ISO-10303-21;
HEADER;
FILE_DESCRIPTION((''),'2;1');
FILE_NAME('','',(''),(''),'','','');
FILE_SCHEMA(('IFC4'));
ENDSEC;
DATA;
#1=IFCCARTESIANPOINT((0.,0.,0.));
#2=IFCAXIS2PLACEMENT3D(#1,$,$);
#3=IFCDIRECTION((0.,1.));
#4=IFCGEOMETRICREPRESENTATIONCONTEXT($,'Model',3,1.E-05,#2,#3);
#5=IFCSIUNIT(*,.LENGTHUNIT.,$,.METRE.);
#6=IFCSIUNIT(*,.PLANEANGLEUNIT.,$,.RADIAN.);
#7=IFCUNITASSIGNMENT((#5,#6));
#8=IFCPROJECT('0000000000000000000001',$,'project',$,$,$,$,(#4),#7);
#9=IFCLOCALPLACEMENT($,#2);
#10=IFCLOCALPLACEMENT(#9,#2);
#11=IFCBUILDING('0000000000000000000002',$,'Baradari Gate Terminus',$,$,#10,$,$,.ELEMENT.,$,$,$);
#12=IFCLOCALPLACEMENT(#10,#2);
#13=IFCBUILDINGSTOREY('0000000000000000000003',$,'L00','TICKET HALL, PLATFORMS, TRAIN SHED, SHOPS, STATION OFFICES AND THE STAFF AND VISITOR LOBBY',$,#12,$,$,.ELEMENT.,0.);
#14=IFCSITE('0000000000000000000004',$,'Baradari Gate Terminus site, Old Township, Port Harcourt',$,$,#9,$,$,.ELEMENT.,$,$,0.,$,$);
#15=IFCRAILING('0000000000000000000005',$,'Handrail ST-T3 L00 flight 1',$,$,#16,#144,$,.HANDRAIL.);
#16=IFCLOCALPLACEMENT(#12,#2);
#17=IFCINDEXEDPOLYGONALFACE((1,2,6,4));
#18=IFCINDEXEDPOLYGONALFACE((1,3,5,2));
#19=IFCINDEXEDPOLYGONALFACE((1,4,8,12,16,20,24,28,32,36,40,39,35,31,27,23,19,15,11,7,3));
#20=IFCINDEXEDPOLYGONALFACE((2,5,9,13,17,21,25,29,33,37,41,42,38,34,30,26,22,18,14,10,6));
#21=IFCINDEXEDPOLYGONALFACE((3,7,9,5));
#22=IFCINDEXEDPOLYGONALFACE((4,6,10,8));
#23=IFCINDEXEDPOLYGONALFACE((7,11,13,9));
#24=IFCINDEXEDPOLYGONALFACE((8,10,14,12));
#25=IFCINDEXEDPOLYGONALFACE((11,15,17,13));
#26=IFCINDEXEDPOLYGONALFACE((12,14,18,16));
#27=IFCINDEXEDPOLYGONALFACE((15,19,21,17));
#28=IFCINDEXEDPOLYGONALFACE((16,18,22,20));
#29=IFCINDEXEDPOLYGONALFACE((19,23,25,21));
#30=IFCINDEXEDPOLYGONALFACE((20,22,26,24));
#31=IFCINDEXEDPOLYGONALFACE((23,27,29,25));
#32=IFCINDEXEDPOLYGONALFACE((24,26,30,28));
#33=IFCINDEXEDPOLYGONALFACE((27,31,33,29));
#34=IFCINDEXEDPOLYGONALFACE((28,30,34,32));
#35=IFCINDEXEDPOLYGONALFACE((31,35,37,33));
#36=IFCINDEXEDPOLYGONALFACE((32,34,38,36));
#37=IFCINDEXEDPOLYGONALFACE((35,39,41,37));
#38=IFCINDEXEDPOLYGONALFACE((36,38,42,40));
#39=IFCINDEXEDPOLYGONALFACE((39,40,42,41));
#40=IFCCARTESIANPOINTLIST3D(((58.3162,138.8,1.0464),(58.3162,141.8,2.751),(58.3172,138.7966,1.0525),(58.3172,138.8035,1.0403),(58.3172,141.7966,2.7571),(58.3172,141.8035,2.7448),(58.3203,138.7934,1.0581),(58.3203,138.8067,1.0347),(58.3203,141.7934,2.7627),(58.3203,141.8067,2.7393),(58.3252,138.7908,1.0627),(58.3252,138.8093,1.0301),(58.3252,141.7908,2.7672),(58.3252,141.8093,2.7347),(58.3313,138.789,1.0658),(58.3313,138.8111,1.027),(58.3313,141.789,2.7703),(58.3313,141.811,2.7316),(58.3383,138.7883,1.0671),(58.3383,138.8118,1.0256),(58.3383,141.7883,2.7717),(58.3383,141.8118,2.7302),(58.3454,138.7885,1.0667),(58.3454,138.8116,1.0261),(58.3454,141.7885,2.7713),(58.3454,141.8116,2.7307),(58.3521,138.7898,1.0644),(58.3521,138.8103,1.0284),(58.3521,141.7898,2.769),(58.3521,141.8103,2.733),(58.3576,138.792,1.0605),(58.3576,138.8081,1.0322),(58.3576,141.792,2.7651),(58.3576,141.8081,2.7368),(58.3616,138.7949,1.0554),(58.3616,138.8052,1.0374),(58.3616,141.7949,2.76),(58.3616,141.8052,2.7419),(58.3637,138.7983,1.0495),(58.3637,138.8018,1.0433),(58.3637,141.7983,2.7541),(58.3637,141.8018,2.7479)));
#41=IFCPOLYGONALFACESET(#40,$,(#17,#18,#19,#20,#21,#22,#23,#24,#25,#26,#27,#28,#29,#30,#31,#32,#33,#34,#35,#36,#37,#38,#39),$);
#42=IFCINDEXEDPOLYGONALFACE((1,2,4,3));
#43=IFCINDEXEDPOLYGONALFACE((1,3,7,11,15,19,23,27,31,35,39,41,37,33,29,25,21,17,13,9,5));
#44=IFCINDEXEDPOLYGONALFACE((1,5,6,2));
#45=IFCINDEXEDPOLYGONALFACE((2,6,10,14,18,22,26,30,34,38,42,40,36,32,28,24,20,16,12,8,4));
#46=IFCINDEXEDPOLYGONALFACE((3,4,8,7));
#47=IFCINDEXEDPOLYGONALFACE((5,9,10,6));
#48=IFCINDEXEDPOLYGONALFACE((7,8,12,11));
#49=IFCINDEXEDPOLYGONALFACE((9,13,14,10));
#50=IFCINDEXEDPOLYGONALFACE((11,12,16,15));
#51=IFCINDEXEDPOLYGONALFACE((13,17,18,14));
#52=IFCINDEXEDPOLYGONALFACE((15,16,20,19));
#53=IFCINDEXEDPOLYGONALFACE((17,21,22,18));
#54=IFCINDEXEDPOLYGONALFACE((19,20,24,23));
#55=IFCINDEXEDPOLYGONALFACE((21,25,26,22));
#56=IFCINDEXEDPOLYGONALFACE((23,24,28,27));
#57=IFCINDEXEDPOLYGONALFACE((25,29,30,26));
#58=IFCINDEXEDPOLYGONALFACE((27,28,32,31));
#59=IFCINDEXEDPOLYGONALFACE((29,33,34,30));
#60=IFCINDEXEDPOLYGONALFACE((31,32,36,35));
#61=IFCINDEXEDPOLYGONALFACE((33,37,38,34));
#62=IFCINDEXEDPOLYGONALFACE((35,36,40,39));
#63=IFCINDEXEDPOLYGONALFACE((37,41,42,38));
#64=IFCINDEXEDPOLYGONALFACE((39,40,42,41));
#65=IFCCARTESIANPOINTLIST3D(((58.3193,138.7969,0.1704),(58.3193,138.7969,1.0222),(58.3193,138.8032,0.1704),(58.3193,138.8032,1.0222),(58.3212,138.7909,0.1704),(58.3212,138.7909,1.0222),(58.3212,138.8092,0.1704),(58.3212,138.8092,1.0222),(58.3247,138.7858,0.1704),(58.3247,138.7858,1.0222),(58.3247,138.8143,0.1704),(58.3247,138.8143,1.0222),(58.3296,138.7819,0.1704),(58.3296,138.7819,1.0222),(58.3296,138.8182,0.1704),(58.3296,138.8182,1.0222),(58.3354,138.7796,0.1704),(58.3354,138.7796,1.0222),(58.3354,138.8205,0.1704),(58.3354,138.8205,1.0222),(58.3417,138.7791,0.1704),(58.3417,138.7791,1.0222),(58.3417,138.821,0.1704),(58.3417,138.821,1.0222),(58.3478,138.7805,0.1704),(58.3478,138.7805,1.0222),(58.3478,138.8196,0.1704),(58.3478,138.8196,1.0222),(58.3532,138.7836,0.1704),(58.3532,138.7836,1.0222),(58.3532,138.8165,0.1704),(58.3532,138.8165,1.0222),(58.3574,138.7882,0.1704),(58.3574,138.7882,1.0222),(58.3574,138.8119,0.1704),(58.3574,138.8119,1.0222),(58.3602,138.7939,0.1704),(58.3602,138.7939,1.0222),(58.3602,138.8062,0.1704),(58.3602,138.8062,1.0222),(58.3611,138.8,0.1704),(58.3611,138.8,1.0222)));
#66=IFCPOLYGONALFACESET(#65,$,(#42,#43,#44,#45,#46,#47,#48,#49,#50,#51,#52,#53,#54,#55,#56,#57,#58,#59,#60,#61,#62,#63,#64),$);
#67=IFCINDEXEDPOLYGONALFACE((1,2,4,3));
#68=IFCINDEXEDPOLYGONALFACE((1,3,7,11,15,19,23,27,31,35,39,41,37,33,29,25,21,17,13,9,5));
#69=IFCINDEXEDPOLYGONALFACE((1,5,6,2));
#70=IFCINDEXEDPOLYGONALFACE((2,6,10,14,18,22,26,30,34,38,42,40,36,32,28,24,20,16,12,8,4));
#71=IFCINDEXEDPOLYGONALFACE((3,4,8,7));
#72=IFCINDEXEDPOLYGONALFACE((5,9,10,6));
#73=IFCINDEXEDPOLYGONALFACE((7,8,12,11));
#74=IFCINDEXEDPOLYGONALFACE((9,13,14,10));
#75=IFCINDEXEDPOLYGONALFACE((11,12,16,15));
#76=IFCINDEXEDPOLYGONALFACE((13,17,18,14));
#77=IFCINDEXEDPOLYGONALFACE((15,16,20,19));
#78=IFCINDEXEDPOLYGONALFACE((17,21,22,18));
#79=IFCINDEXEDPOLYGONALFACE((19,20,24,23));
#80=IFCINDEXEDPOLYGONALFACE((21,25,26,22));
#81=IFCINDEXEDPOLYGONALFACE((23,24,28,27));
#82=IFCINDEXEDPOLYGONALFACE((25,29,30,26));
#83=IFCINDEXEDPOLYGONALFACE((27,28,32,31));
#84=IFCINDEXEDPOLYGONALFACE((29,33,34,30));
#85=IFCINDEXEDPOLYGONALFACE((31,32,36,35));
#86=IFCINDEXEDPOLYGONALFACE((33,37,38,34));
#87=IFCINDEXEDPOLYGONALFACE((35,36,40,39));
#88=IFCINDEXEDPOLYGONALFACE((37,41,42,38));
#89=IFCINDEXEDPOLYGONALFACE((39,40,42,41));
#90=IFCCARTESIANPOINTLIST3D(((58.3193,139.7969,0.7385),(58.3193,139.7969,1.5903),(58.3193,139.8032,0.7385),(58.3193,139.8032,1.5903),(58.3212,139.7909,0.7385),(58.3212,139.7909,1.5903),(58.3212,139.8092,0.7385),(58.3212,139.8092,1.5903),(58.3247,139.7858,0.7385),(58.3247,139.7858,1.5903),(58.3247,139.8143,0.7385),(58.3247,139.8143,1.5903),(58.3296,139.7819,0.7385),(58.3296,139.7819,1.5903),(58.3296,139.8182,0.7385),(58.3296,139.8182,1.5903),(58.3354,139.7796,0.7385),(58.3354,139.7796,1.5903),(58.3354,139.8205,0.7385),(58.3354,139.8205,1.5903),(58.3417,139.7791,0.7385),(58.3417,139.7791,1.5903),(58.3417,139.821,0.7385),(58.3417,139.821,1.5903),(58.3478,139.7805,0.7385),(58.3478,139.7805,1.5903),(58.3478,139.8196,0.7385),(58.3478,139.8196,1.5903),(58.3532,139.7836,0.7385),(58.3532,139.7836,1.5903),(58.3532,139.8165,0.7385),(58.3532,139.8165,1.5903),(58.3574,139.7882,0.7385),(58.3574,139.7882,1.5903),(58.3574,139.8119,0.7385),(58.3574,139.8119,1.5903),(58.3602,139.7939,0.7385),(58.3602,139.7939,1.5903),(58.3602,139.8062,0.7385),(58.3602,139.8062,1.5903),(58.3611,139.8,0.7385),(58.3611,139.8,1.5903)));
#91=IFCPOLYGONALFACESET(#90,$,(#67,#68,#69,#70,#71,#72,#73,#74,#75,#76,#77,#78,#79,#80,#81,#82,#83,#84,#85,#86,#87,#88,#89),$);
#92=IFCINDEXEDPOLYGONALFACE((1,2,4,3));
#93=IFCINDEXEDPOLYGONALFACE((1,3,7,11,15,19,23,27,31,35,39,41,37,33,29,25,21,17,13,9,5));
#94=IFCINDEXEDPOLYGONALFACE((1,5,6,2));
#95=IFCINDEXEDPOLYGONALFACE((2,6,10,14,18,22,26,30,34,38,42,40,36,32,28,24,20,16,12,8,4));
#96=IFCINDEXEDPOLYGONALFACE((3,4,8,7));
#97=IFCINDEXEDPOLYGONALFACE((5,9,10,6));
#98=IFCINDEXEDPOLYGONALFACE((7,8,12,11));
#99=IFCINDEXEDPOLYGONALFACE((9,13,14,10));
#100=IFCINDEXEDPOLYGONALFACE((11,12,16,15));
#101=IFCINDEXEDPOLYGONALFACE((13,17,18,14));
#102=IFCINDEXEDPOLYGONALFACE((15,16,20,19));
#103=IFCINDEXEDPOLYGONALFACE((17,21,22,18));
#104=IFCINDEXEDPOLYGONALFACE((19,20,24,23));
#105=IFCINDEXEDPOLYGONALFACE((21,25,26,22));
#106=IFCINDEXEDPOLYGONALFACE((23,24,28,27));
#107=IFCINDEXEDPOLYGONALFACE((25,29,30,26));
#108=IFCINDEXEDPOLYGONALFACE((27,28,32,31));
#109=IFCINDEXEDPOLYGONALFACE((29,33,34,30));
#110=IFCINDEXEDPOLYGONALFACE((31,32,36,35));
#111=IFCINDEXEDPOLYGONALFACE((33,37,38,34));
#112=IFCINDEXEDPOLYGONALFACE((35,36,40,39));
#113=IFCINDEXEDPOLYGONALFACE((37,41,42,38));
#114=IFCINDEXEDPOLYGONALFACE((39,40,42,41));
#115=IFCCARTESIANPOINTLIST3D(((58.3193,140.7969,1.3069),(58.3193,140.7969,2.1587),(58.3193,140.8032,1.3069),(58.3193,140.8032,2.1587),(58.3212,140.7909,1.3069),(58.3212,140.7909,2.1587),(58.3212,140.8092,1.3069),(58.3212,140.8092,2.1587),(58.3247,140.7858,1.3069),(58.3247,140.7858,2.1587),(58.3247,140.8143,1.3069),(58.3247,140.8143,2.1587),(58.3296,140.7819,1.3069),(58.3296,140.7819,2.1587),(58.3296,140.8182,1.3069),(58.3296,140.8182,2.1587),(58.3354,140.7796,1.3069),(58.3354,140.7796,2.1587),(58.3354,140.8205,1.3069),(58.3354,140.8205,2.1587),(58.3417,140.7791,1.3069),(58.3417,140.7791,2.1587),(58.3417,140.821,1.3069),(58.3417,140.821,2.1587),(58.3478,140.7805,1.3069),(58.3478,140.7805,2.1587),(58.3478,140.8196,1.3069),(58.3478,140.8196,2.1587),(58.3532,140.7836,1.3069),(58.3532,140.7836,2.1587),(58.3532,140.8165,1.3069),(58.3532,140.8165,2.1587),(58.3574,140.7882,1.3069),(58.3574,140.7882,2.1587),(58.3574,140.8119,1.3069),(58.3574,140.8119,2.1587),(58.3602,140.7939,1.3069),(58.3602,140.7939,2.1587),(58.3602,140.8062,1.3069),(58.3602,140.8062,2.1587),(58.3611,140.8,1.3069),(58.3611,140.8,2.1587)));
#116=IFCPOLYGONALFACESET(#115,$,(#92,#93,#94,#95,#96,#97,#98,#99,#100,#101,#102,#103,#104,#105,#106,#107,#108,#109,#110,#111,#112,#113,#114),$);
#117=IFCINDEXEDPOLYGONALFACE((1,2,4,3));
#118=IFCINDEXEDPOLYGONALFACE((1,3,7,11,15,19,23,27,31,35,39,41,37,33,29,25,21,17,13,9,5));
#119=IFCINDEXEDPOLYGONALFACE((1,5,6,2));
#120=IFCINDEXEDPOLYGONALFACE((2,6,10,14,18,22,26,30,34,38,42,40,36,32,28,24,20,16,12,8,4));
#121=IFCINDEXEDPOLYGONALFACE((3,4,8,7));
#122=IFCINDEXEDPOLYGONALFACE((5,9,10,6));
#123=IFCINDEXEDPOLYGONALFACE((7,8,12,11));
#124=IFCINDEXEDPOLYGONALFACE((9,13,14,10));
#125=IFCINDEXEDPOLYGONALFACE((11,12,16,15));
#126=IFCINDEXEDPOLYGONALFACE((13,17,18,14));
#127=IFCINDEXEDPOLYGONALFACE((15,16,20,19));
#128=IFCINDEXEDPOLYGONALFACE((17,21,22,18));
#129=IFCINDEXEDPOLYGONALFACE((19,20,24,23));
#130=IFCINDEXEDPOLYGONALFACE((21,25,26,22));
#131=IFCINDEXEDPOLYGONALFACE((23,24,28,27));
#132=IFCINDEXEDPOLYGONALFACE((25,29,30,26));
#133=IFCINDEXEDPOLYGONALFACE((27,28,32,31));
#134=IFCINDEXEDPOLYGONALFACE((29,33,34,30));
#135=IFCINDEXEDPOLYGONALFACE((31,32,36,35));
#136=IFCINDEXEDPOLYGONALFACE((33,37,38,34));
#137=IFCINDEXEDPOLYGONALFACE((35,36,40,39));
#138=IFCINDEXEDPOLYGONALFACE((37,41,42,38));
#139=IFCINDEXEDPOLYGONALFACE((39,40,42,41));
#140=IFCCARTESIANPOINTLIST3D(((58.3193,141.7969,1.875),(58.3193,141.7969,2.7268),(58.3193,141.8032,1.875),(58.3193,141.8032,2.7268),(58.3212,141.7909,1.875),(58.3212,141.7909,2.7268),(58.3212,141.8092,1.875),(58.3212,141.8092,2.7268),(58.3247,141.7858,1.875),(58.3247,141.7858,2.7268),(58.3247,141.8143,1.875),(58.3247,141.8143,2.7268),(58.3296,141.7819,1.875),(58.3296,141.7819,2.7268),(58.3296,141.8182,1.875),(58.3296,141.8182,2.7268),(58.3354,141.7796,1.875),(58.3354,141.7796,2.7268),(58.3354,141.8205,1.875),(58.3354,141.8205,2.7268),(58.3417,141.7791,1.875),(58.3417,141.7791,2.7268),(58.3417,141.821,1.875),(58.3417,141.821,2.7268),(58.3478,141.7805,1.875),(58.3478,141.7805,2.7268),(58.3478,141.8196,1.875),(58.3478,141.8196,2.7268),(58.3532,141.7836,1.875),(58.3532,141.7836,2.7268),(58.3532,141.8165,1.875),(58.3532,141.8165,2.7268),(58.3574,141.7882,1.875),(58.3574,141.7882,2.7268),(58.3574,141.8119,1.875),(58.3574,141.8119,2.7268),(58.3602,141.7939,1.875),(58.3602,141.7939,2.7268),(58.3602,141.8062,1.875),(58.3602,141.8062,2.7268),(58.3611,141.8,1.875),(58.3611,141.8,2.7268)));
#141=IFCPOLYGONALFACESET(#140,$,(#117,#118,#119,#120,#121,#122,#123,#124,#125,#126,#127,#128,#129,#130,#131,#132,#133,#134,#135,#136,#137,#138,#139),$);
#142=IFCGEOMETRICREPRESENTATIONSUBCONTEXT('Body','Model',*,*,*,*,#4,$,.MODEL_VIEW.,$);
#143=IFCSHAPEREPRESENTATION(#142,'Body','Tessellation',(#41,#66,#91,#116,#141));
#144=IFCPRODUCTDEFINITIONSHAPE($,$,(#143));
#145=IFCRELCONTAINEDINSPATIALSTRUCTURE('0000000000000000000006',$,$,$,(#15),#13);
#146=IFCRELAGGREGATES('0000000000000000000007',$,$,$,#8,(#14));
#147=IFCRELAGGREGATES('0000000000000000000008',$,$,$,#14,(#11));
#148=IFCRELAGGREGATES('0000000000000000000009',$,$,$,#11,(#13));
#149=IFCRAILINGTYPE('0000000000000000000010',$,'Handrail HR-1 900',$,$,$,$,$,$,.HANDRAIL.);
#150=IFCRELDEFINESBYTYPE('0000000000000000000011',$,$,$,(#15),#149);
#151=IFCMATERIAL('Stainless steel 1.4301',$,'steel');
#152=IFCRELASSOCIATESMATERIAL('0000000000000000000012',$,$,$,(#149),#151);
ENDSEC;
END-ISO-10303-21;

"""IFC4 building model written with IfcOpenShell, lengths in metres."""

from ifc_helpers import new_model, si_unit, direction, frame, origin, origin_2d, place, context, subcontext, project, spatial, circle, extrude, material, type_object, element, save


model = new_model("IFC4")

# Units and contexts
model_context = context("Model", 3, precision=1e-05, world=origin(), true_north=direction((0.0, 1.0)))
body_context = subcontext(model_context, "Body", "Model", "MODEL_VIEW")
ifc_project = project(units=[si_unit("LENGTHUNIT", "METRE"), si_unit("PLANEANGLEUNIT", "RADIAN")], contexts=[model_context])

# Site, building, storey
site_placement = place(None, origin())
site = spatial("IfcSite", under=ifc_project, at=site_placement, Name="Baradari Gate Terminus site, Old Township, Port Harcourt", CompositionType="ELEMENT", RefElevation=0.0)
building_placement = place(site_placement, origin())
building = spatial("IfcBuilding", under=site, at=building_placement, Name="Baradari Gate Terminus", CompositionType="ELEMENT")
storey_placement = place(building_placement, origin())
storey = spatial("IfcBuildingStorey", under=building, at=storey_placement, Name="L00", Description="TICKET HALL, PLATFORMS, TRAIN SHED, SHOPS, STATION OFFICES AND THE STAFF AND VISITOR LOBBY", CompositionType="ELEMENT", Elevation=0.0)

# Railing
ifc_material_1 = material(Name="Stainless steel 1.4301", Category="steel")
railing_type_1 = type_object("IfcRailingType", Name="Handrail HR-1 900", PredefinedType="HANDRAIL", material=ifc_material_1)
for number, where, name in (
    (1, (58.3401, 138.8, 0.1704), "Handrail ST-T3 L00 flight 1"),
):
    element("IfcRailing", number, at=place(storey_placement, frame(where)), inside=storey, type_object=railing_type_1, Name=name, PredefinedType="HANDRAIL", context=body_context, shape_type="SweptSolid", body=[
        extrude(circle(Radius=0.0239, at=origin_2d()), frame((0.0, 0.0, 0.876), z_axis=(0.0, 0.869451, 0.494019), x_axis=(-1.0, 0.0, 0.0)), (0.0, 0.0, 1.0), 3.4504),
        extrude(circle(Radius=0.021, at=origin_2d()), origin(), (0.0, 0.0, 1.0), 0.8518),
        extrude(circle(Radius=0.021, at=origin_2d()), frame((0.0, 1.0, 0.5681)), (0.0, 0.0, 1.0), 0.8518),
        extrude(circle(Radius=0.021, at=origin_2d()), frame((0.0, 2.0, 1.1365)), (0.0, 0.0, 1.0), 0.8518),
        extrude(circle(Radius=0.021, at=origin_2d()), frame((0.0, 3.0, 1.7046)), (0.0, 0.0, 1.0), 0.8518),
    ])

save(model, "model.ifc")
